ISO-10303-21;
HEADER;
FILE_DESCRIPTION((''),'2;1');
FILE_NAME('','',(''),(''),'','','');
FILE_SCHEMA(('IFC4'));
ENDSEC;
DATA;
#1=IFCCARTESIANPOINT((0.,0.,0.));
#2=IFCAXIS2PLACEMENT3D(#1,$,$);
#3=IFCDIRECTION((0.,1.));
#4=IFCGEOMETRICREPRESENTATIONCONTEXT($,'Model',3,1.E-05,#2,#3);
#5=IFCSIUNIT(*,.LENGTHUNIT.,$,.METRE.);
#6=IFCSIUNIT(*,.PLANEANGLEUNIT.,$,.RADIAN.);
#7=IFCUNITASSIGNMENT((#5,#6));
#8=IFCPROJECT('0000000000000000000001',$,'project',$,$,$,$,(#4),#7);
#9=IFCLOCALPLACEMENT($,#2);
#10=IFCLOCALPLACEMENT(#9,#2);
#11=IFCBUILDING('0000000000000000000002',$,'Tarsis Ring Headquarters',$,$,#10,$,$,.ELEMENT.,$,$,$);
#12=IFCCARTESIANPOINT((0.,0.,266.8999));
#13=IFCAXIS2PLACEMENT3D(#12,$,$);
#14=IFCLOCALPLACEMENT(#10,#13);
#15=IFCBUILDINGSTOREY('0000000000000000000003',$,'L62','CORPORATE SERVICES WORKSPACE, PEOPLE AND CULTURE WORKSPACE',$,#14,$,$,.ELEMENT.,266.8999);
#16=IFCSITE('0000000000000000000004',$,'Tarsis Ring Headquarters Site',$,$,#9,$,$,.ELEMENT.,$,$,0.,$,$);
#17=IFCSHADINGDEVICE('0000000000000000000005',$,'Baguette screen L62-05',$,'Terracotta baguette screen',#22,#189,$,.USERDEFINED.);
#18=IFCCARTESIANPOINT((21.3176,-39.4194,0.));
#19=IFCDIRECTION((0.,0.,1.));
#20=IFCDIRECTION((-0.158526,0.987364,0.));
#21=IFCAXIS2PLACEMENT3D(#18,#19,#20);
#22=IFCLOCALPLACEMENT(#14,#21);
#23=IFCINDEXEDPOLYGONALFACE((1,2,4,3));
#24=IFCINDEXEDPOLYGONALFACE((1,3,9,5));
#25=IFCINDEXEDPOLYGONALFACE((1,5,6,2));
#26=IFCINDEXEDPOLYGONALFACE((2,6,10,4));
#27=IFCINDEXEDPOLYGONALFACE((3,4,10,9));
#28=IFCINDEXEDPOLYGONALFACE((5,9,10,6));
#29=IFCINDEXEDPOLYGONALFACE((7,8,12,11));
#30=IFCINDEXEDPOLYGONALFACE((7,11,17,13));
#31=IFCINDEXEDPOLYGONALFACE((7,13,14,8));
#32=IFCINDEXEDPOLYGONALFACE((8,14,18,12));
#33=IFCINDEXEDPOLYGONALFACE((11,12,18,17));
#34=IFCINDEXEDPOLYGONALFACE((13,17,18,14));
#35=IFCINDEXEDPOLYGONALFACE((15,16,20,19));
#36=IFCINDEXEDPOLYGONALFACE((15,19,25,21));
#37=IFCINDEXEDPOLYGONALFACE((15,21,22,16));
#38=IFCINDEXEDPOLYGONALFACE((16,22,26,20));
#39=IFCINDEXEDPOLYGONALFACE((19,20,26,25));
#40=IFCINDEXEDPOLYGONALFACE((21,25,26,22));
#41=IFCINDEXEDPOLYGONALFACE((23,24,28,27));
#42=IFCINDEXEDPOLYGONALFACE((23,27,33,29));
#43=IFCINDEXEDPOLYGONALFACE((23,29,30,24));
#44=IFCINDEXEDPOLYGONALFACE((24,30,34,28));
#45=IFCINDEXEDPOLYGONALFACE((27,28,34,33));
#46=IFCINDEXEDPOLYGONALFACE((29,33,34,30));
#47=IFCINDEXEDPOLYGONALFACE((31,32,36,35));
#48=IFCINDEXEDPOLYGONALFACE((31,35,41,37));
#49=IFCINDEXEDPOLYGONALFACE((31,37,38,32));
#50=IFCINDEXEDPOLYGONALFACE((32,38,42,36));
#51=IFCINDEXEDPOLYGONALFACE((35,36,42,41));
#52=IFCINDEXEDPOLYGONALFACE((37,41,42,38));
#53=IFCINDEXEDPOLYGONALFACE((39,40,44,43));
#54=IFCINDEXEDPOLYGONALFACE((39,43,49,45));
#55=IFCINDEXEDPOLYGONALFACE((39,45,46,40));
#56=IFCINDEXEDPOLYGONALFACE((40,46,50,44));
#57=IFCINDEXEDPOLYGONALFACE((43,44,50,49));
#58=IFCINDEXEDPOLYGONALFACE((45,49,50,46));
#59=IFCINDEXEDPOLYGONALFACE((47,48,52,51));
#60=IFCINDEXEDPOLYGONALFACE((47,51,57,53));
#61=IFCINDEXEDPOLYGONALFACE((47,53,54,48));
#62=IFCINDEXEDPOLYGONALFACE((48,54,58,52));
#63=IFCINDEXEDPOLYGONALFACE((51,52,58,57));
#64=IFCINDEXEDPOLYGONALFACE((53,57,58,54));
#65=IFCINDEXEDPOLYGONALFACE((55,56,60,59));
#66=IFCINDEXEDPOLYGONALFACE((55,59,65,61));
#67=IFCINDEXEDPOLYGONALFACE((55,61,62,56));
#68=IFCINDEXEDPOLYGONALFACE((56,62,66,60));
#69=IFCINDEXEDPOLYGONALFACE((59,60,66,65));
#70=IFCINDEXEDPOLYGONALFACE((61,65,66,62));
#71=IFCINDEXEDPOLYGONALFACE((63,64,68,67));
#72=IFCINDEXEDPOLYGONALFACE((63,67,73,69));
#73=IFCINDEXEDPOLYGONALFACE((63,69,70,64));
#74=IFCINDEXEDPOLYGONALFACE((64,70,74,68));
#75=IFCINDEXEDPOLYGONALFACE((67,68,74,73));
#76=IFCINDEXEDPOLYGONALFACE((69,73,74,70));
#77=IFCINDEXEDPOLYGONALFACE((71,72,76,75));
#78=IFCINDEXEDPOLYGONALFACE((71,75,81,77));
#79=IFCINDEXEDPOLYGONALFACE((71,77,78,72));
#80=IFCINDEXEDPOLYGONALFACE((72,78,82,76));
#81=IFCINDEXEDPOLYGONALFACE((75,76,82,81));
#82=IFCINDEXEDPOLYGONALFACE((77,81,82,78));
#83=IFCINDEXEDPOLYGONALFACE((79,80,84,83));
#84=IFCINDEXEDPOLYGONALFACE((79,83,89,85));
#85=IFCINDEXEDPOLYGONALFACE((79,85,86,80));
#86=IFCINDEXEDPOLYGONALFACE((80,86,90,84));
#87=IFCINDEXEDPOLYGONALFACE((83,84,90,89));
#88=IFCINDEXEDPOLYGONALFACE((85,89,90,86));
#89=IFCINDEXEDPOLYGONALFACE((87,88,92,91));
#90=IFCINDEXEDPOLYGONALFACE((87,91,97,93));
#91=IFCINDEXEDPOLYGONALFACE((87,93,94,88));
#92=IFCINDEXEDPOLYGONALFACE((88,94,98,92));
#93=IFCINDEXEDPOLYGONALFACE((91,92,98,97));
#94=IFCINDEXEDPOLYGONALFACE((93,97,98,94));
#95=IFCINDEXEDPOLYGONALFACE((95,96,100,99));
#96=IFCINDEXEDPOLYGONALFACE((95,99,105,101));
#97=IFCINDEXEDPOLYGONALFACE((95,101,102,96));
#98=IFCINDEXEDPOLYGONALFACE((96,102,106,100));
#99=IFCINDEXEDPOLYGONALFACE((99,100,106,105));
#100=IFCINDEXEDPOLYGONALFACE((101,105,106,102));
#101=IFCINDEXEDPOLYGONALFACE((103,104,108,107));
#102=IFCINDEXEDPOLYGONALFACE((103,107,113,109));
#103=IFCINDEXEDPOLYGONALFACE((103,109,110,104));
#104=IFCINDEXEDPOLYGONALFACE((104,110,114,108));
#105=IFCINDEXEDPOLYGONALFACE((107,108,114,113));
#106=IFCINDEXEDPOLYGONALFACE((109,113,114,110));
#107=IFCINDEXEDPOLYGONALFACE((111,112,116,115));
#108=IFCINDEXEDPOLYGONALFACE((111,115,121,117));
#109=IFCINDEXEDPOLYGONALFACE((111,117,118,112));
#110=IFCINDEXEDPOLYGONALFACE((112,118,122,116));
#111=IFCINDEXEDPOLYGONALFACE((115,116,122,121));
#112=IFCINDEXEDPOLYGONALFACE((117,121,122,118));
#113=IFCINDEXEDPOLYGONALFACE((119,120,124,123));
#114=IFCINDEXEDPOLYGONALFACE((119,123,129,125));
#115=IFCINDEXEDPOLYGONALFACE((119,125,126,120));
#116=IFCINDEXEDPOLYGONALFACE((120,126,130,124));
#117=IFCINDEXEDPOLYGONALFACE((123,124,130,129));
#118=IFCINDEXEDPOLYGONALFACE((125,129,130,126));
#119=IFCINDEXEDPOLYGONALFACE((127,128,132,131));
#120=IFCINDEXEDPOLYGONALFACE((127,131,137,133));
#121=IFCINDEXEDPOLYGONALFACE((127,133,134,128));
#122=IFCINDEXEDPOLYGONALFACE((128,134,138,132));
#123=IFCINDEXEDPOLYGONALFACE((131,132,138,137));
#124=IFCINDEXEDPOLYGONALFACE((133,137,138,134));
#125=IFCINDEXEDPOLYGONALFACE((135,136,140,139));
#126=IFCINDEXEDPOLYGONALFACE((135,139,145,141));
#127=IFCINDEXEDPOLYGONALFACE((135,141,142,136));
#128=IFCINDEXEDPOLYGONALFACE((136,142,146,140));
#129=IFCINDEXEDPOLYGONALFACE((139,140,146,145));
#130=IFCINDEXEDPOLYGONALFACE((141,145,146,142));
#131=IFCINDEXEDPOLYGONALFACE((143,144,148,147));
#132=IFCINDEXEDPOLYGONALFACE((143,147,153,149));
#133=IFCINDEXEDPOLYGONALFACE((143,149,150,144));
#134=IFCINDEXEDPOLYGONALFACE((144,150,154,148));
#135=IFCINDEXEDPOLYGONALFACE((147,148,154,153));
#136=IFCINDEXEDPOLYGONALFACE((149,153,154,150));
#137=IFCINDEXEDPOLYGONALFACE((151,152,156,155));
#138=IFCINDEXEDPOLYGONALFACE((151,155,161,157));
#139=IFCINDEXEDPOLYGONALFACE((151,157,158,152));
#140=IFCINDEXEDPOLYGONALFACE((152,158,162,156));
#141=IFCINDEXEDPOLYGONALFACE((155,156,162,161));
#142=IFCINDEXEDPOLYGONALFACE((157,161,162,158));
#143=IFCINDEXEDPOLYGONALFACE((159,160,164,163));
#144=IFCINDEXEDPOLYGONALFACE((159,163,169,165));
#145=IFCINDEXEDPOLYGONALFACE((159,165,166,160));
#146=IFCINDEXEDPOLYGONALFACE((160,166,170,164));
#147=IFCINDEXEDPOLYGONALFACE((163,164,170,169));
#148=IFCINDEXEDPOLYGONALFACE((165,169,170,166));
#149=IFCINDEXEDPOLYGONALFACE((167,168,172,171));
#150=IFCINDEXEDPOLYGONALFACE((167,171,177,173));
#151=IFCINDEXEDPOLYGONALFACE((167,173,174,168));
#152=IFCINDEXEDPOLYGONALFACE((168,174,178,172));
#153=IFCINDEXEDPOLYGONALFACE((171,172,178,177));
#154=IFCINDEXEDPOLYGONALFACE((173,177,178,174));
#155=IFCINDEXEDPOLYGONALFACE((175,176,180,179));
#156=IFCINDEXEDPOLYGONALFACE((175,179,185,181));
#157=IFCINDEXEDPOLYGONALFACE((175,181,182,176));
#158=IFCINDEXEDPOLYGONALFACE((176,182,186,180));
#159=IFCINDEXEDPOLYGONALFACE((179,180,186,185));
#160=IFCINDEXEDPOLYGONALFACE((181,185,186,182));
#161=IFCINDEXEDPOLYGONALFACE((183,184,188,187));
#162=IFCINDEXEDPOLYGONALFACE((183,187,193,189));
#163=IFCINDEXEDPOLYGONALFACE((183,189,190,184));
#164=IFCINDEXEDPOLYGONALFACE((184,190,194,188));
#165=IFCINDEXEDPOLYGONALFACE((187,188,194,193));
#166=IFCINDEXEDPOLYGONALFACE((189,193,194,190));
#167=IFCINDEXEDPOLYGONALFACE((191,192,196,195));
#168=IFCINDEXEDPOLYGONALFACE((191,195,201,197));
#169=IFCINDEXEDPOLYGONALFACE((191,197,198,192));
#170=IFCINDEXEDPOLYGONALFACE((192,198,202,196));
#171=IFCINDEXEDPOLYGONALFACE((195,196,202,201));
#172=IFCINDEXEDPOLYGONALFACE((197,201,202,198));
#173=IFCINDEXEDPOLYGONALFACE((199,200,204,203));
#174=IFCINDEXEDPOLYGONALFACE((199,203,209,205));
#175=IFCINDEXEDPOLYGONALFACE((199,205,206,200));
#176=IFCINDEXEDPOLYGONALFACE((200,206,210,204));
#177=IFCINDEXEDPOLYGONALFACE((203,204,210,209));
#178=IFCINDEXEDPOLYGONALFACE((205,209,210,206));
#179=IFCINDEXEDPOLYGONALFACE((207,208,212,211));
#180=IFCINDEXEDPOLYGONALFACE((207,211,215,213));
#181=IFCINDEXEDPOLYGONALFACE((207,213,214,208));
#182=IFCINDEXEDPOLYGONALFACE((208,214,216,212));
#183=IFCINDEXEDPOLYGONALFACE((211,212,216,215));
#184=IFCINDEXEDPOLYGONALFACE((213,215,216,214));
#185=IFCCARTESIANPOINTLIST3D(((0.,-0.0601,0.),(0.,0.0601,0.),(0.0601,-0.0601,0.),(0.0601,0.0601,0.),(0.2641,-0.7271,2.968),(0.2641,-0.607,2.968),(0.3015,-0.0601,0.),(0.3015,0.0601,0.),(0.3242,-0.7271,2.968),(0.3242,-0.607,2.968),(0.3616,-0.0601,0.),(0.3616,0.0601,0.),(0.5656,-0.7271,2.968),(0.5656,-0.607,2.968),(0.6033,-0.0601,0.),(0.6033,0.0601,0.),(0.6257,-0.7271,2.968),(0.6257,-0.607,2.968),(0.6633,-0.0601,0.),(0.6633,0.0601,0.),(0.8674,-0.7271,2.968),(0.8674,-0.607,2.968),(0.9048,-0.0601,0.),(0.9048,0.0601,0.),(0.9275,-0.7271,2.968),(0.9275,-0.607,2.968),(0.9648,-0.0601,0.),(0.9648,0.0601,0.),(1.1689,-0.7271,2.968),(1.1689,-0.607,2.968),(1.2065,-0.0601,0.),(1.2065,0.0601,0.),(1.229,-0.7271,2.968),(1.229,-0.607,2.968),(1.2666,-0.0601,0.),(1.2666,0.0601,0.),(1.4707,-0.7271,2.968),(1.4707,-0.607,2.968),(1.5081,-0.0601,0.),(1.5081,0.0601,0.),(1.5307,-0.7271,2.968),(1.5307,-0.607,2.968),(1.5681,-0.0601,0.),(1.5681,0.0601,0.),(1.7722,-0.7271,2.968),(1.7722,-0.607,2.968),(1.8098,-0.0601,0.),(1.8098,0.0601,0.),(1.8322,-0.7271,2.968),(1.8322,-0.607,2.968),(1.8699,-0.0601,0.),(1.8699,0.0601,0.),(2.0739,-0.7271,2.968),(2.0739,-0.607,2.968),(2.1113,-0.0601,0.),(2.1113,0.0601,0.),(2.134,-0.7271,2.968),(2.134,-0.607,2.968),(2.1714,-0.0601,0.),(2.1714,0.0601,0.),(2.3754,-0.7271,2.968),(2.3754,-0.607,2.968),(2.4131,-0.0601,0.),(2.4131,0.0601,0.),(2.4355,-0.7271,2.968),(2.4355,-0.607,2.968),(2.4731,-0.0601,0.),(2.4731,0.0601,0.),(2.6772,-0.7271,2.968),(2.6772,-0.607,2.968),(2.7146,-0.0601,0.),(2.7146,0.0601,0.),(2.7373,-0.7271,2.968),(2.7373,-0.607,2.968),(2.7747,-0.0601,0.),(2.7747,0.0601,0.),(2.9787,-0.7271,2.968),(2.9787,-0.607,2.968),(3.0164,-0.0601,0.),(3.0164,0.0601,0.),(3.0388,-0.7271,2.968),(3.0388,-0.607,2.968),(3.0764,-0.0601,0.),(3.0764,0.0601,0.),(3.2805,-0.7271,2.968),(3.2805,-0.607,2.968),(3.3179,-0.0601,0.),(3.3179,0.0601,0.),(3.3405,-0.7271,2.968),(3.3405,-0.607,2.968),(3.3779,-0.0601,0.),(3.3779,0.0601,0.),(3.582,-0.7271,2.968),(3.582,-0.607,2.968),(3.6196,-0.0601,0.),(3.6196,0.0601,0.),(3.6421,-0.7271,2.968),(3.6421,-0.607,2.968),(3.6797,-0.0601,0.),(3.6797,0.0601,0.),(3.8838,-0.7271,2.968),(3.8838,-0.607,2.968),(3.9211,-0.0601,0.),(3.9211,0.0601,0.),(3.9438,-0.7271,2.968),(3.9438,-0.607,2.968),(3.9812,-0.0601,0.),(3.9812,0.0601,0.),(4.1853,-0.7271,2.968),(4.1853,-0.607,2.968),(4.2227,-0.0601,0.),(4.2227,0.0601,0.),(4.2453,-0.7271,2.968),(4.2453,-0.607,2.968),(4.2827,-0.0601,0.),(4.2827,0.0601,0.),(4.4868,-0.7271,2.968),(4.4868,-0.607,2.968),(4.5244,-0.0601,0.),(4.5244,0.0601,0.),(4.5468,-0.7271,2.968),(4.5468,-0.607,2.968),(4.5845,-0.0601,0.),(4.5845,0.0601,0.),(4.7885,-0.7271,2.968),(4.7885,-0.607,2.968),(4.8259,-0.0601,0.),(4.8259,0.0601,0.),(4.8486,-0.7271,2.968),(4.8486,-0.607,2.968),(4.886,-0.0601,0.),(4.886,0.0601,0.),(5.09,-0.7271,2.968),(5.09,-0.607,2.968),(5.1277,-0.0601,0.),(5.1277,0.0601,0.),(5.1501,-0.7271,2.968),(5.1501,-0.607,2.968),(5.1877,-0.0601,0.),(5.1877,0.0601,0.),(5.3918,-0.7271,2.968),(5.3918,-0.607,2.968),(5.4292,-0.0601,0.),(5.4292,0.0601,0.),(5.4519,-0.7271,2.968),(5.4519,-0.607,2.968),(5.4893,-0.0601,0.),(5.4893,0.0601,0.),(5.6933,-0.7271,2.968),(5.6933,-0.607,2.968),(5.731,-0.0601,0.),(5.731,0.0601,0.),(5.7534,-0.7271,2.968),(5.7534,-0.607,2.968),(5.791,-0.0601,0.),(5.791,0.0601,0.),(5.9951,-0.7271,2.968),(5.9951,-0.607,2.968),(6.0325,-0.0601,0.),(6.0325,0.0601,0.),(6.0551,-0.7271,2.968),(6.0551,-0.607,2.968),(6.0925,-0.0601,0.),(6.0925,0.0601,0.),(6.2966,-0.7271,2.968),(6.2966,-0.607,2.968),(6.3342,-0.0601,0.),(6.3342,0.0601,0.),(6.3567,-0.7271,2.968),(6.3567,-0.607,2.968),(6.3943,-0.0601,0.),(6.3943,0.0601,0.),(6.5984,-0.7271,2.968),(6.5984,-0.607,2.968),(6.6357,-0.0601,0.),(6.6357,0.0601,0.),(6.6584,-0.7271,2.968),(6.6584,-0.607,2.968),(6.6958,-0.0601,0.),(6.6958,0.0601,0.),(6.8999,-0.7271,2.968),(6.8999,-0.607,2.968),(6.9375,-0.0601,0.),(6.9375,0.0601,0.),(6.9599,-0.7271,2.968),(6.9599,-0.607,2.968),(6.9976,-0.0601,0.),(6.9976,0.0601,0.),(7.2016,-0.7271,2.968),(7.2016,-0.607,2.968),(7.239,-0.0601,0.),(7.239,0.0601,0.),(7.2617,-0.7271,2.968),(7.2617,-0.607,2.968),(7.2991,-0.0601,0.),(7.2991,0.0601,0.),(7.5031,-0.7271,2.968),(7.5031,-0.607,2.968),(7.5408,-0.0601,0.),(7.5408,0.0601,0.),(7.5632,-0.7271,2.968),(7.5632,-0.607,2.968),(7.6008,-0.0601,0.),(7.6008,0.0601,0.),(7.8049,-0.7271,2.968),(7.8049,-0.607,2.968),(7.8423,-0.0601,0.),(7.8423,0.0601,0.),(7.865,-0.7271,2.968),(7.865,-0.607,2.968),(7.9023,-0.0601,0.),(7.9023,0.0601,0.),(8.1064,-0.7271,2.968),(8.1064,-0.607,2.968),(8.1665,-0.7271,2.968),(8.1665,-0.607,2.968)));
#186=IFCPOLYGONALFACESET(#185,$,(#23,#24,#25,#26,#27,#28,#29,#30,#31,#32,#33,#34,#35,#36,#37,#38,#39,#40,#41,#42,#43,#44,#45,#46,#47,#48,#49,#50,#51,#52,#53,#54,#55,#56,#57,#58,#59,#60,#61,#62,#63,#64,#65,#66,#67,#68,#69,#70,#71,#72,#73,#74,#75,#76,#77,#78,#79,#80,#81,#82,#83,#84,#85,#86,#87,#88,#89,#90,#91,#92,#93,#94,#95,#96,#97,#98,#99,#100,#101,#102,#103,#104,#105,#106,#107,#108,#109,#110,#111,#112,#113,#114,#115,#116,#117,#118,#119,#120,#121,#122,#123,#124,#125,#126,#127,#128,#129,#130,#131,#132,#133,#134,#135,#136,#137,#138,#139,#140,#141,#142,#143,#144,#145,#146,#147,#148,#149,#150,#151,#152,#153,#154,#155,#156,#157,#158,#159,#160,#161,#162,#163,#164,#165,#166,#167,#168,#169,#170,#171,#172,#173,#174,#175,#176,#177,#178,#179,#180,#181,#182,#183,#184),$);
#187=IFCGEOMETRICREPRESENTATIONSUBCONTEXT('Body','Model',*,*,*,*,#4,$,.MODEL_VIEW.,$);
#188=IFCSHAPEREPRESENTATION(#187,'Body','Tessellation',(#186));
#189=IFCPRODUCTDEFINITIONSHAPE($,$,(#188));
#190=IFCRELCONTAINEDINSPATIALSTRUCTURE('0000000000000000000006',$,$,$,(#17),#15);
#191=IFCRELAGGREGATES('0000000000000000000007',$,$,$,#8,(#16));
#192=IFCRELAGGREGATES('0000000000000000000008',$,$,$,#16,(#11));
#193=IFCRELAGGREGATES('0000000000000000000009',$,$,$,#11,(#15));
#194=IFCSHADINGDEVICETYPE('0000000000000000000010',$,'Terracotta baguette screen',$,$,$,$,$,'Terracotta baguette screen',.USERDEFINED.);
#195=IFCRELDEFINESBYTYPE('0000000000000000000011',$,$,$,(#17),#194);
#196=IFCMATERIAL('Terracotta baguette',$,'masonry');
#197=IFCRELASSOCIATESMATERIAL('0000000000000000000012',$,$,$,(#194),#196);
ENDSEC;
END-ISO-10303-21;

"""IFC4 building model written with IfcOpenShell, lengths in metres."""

from ifc_helpers import new_model, si_unit, direction, frame, frame_2d, origin, place, context, subcontext, project, spatial, rectangle, composite_profile, extrude, material, type_object, element, save


model = new_model("IFC4")

# Units and contexts
model_context = context("Model", 3, precision=1e-05, world=origin(), true_north=direction((0.0, 1.0)))
body_context = subcontext(model_context, "Body", "Model", "MODEL_VIEW")
ifc_project = project(units=[si_unit("LENGTHUNIT", "METRE"), si_unit("PLANEANGLEUNIT", "RADIAN")], contexts=[model_context])

# Site, building, storey
site_placement = place(None, origin())
site = spatial("IfcSite", under=ifc_project, at=site_placement, Name="Tarsis Ring Headquarters Site", CompositionType="ELEMENT", RefElevation=0.0)
building_placement = place(site_placement, origin())
building = spatial("IfcBuilding", under=site, at=building_placement, Name="Tarsis Ring Headquarters", CompositionType="ELEMENT")
storey_placement = place(building_placement, frame((0.0, 0.0, 266.8999)))
storey = spatial("IfcBuildingStorey", under=building, at=storey_placement, Name="L62", Description="CORPORATE SERVICES WORKSPACE, PEOPLE AND CULTURE WORKSPACE", CompositionType="ELEMENT", Elevation=266.8999)

# Shading device
ifc_material_1 = material(Name="Terracotta baguette", Category="masonry")
shading_device_type_1 = type_object("IfcShadingDeviceType", Name="Terracotta baguette screen", ElementType="Terracotta baguette screen", PredefinedType="USERDEFINED", material=ifc_material_1)
shading_device_1_placement = place(storey_placement, frame((21.3176, -39.4194, 0.0), z_axis=(0.0, 0.0, 1.0), x_axis=(-0.158526, 0.987364, 0.0)))
element("IfcShadingDevice", 1, at=shading_device_1_placement, inside=storey, type_object=shading_device_type_1, Name="Baguette screen L62-05", ObjectType="Terracotta baguette screen", PredefinedType="USERDEFINED", context=body_context, shape_type="SweptSolid", body=[
    extrude(composite_profile([rectangle(XDim=0.0601, YDim=0.1201, at=frame_2d((0.03, 0.0))), rectangle(XDim=0.0601, YDim=0.1201, at=frame_2d((0.3315, 0.0))), rectangle(XDim=0.0601, YDim=0.1201, at=frame_2d((0.6333, 0.0))), rectangle(XDim=0.0601, YDim=0.1201, at=frame_2d((0.9348, 0.0))), rectangle(XDim=0.0601, YDim=0.1201, at=frame_2d((1.2366, 0.0))), rectangle(XDim=0.0601, YDim=0.1201, at=frame_2d((1.5381, 0.0))), rectangle(XDim=0.0601, YDim=0.1201, at=frame_2d((1.8398, 0.0))), rectangle(XDim=0.0601, YDim=0.1201, at=frame_2d((2.1414, 0.0))), rectangle(XDim=0.0601, YDim=0.1201, at=frame_2d((2.4431, 0.0))), rectangle(XDim=0.0601, YDim=0.1201, at=frame_2d((2.7446, 0.0))), rectangle(XDim=0.0601, YDim=0.1201, at=frame_2d((3.0464, 0.0))), rectangle(XDim=0.0601, YDim=0.1201, at=frame_2d((3.3479, 0.0))), rectangle(XDim=0.0601, YDim=0.1201, at=frame_2d((3.6497, 0.0))), rectangle(XDim=0.0601, YDim=0.1201, at=frame_2d((3.9512, 0.0))), rectangle(XDim=0.0601, YDim=0.1201, at=frame_2d((4.2527, 0.0))), rectangle(XDim=0.0601, YDim=0.1201, at=frame_2d((4.5544, 0.0))), rectangle(XDim=0.0601, YDim=0.1201, at=frame_2d((4.856, 0.0))), rectangle(XDim=0.0601, YDim=0.1201, at=frame_2d((5.1577, 0.0))), rectangle(XDim=0.0601, YDim=0.1201, at=frame_2d((5.4592, 0.0))), rectangle(XDim=0.0601, YDim=0.1201, at=frame_2d((5.761, 0.0))), rectangle(XDim=0.0601, YDim=0.1201, at=frame_2d((6.0625, 0.0))), rectangle(XDim=0.0601, YDim=0.1201, at=frame_2d((6.3643, 0.0))), rectangle(XDim=0.0601, YDim=0.1201, at=frame_2d((6.6658, 0.0))), rectangle(XDim=0.0601, YDim=0.1201, at=frame_2d((6.9675, 0.0))), rectangle(XDim=0.0601, YDim=0.1201, at=frame_2d((7.269, 0.0))), rectangle(XDim=0.0601, YDim=0.1201, at=frame_2d((7.5708, 0.0))), rectangle(XDim=0.0601, YDim=0.1201, at=frame_2d((7.8723, 0.0)))]), origin(), (0.086499, -0.218451, 0.972007), 3.0535),
])

save(model, "model.ifc")
